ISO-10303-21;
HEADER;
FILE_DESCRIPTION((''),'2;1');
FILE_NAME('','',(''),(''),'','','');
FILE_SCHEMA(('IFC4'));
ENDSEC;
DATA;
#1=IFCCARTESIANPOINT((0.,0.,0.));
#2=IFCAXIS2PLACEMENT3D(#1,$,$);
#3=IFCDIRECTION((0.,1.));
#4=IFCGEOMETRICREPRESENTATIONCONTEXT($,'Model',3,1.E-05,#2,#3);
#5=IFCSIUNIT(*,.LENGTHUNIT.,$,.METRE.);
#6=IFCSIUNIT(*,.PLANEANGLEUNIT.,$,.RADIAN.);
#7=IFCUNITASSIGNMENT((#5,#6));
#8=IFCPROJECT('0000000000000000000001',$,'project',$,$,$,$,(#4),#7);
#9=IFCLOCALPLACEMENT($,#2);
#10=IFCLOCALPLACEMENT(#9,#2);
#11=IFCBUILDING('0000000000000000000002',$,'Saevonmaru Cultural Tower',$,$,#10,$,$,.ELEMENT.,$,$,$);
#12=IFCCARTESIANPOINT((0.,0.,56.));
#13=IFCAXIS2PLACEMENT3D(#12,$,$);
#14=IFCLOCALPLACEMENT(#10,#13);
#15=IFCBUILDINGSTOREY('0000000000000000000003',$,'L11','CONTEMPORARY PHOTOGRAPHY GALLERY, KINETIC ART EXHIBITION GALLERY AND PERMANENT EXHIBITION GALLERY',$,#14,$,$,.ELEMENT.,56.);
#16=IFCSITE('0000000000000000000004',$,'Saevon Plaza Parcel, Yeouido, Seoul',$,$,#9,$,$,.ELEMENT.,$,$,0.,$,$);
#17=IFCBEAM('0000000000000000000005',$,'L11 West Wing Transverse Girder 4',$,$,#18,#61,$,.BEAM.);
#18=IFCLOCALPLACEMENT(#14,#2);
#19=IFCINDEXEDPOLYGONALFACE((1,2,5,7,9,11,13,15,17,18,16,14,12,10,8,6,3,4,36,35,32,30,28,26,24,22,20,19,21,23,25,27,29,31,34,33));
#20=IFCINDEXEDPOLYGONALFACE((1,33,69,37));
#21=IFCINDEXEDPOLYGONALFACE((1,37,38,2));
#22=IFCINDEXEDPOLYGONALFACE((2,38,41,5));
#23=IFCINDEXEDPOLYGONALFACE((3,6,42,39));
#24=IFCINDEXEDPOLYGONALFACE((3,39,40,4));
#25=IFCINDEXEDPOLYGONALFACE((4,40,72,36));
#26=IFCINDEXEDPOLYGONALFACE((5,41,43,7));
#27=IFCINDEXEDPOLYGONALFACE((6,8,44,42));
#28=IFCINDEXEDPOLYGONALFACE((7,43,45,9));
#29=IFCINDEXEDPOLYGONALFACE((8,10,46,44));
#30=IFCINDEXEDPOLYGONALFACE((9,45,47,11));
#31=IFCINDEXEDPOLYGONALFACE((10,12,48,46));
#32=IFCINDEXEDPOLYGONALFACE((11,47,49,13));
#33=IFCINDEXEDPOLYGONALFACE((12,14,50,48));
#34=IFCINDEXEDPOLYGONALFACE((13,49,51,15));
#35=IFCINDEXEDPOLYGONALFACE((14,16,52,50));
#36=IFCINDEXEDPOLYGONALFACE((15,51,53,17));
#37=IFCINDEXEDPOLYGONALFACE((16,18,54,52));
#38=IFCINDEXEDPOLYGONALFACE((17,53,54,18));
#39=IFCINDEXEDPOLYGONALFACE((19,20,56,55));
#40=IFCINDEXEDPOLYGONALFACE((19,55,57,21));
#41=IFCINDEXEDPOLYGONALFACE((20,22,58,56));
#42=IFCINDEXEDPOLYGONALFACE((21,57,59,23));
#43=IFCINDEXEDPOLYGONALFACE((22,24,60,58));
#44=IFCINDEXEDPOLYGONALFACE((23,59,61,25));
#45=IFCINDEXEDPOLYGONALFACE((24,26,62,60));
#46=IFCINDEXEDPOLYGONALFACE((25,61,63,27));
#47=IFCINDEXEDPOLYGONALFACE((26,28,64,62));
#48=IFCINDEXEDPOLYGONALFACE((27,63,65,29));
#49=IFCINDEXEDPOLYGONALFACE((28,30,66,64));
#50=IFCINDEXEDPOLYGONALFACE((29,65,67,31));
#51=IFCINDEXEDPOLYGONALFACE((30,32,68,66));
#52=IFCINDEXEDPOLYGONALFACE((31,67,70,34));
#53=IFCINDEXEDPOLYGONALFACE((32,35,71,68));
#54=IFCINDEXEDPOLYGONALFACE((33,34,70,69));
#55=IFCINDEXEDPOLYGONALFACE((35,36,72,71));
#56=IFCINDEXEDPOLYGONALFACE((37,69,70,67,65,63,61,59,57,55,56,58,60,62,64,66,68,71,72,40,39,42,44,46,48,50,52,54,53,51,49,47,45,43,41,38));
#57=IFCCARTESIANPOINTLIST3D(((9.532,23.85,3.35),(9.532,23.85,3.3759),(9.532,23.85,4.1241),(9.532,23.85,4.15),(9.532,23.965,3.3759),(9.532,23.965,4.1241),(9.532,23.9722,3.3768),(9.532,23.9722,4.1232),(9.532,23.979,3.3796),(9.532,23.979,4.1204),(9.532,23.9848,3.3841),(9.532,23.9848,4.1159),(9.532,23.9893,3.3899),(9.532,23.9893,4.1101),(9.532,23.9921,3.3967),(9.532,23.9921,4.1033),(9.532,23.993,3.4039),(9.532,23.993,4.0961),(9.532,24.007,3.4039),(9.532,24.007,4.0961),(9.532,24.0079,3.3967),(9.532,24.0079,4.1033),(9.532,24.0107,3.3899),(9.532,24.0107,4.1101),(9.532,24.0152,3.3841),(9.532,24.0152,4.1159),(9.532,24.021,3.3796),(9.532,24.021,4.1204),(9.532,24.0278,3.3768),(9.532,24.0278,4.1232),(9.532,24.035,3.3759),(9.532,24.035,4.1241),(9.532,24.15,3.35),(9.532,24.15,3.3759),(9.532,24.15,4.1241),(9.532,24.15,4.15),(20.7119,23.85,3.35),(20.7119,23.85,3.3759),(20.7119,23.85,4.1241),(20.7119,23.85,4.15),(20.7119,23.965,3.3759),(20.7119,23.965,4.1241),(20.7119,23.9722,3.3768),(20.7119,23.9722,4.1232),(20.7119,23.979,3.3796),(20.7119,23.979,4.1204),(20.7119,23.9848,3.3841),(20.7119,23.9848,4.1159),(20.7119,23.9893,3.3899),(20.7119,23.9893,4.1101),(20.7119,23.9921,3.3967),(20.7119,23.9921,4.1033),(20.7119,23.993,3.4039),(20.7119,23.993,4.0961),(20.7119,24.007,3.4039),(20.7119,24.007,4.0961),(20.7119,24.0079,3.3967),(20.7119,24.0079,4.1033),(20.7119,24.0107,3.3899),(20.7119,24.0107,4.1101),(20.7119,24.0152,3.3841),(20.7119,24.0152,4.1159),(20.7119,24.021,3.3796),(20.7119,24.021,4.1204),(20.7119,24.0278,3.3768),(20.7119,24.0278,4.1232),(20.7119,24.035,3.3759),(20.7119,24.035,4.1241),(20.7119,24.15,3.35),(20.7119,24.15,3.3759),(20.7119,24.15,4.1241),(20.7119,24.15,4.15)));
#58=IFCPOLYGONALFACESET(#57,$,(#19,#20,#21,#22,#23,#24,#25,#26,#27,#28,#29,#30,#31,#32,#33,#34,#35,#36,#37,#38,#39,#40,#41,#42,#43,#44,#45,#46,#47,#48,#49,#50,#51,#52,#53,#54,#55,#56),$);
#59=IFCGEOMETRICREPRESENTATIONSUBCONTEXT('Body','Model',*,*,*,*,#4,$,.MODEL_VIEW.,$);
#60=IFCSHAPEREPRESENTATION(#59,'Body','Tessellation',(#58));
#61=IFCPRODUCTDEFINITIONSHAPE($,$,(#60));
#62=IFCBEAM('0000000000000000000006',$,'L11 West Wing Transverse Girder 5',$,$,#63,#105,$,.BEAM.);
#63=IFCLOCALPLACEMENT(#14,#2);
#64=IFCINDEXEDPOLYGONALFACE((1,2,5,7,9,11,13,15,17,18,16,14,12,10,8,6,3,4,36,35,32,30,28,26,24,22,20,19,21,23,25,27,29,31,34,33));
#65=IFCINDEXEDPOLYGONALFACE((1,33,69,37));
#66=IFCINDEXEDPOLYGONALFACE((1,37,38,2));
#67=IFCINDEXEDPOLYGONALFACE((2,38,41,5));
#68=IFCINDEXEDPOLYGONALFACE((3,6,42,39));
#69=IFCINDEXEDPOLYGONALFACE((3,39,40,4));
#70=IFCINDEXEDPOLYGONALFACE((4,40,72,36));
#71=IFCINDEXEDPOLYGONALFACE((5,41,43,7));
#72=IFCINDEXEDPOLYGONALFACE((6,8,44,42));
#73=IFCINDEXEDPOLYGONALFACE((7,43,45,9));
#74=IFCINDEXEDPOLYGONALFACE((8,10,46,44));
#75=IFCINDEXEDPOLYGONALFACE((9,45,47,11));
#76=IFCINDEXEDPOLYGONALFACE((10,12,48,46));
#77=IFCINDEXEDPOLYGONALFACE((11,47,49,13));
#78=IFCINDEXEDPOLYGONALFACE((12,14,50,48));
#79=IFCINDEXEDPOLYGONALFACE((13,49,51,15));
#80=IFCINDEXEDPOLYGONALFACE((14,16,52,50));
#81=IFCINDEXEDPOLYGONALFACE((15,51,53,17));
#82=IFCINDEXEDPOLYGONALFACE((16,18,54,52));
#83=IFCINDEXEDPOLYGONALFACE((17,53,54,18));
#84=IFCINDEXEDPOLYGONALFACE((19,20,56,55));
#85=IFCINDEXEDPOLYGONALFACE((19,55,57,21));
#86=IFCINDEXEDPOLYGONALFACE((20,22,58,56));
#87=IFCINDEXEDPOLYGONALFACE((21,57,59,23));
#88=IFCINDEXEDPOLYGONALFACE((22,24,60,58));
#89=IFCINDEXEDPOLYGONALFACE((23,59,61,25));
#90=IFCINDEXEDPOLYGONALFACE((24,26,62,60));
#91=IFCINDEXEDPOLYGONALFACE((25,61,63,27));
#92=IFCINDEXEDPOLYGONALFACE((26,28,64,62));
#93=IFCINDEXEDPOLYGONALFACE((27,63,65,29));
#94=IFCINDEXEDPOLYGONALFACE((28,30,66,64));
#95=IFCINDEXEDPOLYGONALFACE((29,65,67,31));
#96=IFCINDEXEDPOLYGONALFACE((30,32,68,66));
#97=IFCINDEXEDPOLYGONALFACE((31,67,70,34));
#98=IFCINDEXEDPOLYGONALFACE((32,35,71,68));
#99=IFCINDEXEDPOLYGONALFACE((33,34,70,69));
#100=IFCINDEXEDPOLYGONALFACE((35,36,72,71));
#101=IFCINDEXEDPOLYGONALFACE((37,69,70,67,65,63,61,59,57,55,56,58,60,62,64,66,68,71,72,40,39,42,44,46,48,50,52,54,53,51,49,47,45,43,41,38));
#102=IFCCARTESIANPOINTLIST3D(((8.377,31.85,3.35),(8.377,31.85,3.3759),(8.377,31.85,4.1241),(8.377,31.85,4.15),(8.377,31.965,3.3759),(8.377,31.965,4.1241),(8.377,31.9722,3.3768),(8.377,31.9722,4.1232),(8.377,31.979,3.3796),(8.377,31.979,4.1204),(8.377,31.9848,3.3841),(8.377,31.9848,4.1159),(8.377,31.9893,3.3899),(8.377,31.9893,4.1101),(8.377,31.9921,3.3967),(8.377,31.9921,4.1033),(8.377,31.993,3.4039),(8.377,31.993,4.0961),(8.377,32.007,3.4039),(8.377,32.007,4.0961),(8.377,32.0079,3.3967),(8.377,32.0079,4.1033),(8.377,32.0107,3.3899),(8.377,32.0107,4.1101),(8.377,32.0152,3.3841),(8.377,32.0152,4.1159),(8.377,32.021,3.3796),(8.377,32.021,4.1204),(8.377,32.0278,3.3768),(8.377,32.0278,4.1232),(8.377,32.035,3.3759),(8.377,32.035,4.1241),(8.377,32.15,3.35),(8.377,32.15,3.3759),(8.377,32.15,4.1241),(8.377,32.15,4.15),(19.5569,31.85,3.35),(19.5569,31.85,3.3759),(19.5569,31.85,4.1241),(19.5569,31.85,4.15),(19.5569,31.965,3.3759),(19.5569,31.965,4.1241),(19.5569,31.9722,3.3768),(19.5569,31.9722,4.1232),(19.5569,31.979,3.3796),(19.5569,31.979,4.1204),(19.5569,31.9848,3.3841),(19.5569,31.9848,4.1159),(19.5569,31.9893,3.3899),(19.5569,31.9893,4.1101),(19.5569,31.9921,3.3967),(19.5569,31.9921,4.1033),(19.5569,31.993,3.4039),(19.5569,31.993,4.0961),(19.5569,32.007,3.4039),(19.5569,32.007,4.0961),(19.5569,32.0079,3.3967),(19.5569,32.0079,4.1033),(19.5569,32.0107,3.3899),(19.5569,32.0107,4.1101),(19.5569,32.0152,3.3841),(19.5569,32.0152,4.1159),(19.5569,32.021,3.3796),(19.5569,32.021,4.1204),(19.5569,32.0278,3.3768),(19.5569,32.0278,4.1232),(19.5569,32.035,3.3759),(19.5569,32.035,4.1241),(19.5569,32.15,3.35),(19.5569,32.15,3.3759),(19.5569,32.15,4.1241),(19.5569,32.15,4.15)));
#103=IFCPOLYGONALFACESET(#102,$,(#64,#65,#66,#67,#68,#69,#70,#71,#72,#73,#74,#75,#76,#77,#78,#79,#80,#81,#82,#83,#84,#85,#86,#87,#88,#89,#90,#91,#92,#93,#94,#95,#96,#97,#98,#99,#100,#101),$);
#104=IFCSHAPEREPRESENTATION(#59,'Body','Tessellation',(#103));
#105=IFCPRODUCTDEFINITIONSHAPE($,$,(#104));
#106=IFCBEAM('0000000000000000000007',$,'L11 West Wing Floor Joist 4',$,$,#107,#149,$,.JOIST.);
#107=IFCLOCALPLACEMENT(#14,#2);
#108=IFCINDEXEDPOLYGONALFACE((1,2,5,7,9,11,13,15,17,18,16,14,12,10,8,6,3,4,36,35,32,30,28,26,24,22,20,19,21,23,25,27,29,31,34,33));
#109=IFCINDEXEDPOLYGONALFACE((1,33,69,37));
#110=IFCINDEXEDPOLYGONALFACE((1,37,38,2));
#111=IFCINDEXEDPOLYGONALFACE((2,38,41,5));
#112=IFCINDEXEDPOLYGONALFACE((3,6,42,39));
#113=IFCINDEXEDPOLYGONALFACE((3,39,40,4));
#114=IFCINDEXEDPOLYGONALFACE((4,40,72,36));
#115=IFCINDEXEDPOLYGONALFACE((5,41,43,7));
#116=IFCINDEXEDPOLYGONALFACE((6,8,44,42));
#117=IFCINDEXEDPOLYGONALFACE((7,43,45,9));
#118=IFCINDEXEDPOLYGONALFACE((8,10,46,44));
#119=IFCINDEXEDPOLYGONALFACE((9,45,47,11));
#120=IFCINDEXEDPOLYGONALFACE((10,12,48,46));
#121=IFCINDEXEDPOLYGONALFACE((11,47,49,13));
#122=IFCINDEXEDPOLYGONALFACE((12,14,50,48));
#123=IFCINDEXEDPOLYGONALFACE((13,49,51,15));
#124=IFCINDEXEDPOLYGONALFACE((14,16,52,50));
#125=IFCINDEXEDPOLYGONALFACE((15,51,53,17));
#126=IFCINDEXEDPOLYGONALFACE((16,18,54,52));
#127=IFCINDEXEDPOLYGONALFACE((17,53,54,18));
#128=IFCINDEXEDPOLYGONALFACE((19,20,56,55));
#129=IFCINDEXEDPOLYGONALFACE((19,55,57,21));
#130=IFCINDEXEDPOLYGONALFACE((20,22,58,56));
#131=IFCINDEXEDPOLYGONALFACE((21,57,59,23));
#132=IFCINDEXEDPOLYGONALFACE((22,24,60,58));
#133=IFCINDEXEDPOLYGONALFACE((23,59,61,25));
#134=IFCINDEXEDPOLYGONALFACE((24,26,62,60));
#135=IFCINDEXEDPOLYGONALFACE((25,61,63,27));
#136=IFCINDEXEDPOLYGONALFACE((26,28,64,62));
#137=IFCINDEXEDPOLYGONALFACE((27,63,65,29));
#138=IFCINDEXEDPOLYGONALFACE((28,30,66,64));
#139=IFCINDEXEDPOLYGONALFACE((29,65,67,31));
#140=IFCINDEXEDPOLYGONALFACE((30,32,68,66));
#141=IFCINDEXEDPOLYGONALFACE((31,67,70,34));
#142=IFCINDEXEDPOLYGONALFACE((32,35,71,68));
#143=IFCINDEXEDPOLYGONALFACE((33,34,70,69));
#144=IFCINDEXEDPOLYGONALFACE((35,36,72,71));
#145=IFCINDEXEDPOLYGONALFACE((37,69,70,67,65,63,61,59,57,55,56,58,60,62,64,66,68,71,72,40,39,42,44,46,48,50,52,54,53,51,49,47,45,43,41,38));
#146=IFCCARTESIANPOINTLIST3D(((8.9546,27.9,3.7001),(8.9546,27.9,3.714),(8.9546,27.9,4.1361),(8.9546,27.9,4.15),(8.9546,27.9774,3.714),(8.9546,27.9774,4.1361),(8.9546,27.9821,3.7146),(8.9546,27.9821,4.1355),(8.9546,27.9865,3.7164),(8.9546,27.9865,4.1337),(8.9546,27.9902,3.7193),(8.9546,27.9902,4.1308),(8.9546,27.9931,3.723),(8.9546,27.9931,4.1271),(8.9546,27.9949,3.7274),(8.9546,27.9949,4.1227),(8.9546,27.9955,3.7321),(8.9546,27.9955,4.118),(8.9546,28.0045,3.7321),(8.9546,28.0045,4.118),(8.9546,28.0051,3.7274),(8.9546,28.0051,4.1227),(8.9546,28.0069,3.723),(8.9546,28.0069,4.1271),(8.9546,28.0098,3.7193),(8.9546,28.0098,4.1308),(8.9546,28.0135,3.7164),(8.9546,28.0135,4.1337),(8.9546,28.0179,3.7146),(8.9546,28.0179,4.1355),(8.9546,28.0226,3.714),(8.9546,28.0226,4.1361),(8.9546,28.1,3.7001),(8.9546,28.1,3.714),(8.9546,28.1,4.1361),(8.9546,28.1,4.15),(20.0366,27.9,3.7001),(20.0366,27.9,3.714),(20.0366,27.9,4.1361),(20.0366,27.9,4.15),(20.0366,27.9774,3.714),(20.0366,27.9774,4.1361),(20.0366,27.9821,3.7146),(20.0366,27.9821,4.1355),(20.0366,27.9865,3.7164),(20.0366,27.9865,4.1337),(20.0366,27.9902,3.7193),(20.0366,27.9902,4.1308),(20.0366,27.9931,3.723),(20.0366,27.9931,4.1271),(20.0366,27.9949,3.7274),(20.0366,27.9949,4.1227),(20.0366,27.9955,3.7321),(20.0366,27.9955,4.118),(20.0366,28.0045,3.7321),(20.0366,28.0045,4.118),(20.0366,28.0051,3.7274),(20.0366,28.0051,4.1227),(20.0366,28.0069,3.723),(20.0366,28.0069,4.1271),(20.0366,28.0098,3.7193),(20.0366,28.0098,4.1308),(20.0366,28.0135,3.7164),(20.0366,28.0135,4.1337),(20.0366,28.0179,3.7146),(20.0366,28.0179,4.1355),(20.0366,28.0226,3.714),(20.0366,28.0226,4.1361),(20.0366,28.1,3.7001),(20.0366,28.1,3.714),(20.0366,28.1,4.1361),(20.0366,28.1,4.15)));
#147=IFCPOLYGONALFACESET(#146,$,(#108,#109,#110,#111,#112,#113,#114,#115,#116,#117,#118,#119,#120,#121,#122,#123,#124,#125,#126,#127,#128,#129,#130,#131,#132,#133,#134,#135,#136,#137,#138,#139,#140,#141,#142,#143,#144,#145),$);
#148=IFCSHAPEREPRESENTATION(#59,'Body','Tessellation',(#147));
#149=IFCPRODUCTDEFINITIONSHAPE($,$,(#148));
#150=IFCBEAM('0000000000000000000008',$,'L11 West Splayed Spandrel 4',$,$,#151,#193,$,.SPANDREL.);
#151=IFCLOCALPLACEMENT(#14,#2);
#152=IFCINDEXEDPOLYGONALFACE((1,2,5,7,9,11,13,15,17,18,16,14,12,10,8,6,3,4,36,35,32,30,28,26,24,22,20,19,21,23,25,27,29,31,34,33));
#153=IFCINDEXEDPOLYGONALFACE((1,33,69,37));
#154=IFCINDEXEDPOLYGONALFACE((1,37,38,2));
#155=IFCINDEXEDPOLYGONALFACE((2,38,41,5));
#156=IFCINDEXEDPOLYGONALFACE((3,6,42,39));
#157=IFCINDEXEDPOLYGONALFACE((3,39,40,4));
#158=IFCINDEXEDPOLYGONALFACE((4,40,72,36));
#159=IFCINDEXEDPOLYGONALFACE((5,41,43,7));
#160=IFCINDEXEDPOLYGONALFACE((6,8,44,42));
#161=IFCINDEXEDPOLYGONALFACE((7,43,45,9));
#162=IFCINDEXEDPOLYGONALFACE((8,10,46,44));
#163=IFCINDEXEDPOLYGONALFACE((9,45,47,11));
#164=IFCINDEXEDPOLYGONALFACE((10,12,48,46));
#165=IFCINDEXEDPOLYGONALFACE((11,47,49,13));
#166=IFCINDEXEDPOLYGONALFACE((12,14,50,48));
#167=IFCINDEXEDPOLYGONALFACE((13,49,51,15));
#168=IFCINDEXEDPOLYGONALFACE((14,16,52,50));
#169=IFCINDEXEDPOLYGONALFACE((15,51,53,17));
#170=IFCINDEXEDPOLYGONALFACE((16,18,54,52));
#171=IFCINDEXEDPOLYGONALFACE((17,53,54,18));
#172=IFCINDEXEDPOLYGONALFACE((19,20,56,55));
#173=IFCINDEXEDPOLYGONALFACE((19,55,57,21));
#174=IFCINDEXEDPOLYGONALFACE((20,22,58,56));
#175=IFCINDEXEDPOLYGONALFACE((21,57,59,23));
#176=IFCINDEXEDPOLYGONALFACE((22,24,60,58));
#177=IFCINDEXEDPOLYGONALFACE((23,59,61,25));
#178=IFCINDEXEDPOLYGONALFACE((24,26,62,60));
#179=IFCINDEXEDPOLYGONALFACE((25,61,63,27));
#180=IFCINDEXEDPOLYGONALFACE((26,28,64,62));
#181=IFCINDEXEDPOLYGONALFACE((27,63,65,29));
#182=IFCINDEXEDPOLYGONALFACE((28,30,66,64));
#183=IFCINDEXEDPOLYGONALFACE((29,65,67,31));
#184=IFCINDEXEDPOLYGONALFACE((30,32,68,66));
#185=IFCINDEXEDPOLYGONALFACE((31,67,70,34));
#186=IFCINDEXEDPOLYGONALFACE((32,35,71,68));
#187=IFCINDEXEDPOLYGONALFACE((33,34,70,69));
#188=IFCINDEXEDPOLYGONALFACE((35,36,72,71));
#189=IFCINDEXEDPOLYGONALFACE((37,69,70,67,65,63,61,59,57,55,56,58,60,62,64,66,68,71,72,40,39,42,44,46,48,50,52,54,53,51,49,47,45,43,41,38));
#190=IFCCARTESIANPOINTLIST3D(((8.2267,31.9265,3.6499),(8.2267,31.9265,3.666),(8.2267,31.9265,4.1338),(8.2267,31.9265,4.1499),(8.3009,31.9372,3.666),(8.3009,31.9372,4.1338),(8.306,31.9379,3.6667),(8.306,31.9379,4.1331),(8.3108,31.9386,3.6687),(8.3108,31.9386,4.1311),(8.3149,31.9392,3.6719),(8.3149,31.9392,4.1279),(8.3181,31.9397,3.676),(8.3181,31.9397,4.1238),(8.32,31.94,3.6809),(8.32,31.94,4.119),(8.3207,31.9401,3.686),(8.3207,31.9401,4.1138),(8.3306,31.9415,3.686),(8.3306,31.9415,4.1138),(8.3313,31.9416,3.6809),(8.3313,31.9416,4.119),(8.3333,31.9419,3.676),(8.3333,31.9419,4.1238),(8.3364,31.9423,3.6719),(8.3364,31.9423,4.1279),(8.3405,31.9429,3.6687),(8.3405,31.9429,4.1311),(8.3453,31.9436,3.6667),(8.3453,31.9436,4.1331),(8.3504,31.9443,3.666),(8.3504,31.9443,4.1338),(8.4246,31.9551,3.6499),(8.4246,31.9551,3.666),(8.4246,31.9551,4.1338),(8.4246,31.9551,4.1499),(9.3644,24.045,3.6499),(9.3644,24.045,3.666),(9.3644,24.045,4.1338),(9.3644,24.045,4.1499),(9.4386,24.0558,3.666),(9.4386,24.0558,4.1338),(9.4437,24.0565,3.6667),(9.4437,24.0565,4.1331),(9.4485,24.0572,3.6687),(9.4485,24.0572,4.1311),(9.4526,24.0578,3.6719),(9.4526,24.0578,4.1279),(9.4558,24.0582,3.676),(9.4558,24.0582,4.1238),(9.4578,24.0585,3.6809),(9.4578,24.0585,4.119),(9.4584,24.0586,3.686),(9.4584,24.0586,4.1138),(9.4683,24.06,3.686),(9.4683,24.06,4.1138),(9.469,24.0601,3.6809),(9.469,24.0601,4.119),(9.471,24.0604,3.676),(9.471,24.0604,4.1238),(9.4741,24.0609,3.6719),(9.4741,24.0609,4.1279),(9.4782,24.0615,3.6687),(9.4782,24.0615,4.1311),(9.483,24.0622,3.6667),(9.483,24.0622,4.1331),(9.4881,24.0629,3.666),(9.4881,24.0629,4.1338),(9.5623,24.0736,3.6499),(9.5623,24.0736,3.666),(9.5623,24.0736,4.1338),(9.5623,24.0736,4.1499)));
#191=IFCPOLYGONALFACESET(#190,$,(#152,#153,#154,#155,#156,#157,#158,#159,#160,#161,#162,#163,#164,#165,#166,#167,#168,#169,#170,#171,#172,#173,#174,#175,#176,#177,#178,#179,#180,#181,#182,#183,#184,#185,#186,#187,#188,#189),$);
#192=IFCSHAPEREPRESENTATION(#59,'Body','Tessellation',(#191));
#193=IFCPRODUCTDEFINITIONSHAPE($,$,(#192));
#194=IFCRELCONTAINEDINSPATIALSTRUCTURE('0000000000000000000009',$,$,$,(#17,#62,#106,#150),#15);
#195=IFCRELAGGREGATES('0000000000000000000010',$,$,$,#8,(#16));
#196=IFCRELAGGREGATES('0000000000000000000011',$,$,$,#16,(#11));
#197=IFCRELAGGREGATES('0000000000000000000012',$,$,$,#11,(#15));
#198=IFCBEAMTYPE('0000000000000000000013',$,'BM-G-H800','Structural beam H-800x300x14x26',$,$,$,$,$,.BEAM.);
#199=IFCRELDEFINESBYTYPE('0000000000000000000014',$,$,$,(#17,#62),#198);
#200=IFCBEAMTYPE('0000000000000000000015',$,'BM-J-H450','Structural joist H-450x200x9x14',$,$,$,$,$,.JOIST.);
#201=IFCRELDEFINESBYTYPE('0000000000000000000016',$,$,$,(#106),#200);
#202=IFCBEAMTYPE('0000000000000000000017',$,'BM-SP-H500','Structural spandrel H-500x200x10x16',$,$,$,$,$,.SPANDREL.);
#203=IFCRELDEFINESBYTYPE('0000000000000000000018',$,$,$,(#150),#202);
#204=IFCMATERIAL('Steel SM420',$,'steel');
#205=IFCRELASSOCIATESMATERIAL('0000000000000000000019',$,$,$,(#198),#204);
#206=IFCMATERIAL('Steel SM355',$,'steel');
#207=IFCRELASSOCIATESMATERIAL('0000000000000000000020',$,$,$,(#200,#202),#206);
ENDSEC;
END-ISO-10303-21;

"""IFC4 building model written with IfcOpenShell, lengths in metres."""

from ifc_helpers import new_model, si_unit, direction, frame, origin, origin_2d, place, context, subcontext, project, spatial, i_section, extrude, material, material_profile, profile_set, type_object, element, save


model = new_model("IFC4")

# Units and contexts
model_context = context("Model", 3, precision=1e-05, world=origin(), true_north=direction((0.0, 1.0)))
body_context = subcontext(model_context, "Body", "Model", "MODEL_VIEW")
ifc_project = project(units=[si_unit("LENGTHUNIT", "METRE"), si_unit("PLANEANGLEUNIT", "RADIAN")], contexts=[model_context])

# Site, building, storey
site_placement = place(None, origin())
site = spatial("IfcSite", under=ifc_project, at=site_placement, Name="Saevon Plaza Parcel, Yeouido, Seoul", CompositionType="ELEMENT", RefElevation=0.0)
building_placement = place(site_placement, origin())
building = spatial("IfcBuilding", under=site, at=building_placement, Name="Saevonmaru Cultural Tower", CompositionType="ELEMENT")
storey_placement = place(building_placement, frame((0.0, 0.0, 56.0)))
storey = spatial("IfcBuildingStorey", under=building, at=storey_placement, Name="L11", Description="CONTEMPORARY PHOTOGRAPHY GALLERY, KINETIC ART EXHIBITION GALLERY AND PERMANENT EXHIBITION GALLERY", CompositionType="ELEMENT", Elevation=56.0)

# Shared definitions
ifc_material_1 = material(Name="Steel SM420", Category="steel")

# Beams
ifc_material_profile_1 = material_profile(ifc_material_1, i_section(OverallWidth=0.3, OverallDepth=0.8, WebThickness=0.0139, FlangeThickness=0.0259, FilletRadius=0.0281, at=origin_2d()), Name="H-800x300x14x26")
ifc_profile_set_1 = profile_set([ifc_material_profile_1], Name="Steel SM420")
beam_type_1 = type_object("IfcBeamType", Name="BM-G-H800", Description="Structural beam H-800x300x14x26", PredefinedType="BEAM", material=ifc_profile_set_1)
for number, where, z_axis, x_axis, name in (
    (1, (9.532, 24.0, 3.75), (1.0, 0.0, 0.0), (0.0, 1.0, 0.0), "L11 West Wing Transverse Girder 4"),
    (2, (8.377, 32.0, 3.75), (1.0, 0.0, 0.0), (0.0, 1.0, 0.0), "L11 West Wing Transverse Girder 5"),
):
    element("IfcBeam", number, at=place(storey_placement, frame(where, z_axis=z_axis, x_axis=x_axis)), inside=storey, type_object=beam_type_1, Name=name, PredefinedType="BEAM", context=body_context, shape_type="SweptSolid", body=[
        extrude(i_section(OverallWidth=0.3, OverallDepth=0.8, WebThickness=0.0139, FlangeThickness=0.0259, FilletRadius=0.0281, at=origin_2d()), origin(), (0.0, 0.0, 1.0), 11.1799),
    ])
ifc_material_2 = material(Name="Steel SM355", Category="steel")
ifc_material_profile_2 = material_profile(ifc_material_2, i_section(OverallWidth=0.2, OverallDepth=0.45, WebThickness=0.009, FlangeThickness=0.0139, FilletRadius=0.0181, at=origin_2d()), Name="H-450x200x9x14")
ifc_profile_set_2 = profile_set([ifc_material_profile_2], Name="Steel SM355")
beam_type_2 = type_object("IfcBeamType", Name="BM-J-H450", Description="Structural joist H-450x200x9x14", PredefinedType="JOIST", material=ifc_profile_set_2)
beam_1_placement = place(storey_placement, frame((8.9546, 28.0, 3.925), z_axis=(1.0, 0.0, 0.0), x_axis=(0.0, 1.0, 0.0)))
element("IfcBeam", 3, at=beam_1_placement, inside=storey, type_object=beam_type_2, Name="L11 West Wing Floor Joist 4", PredefinedType="JOIST", context=body_context, shape_type="SweptSolid", body=[
    extrude(i_section(OverallWidth=0.2, OverallDepth=0.45, WebThickness=0.009, FlangeThickness=0.0139, FilletRadius=0.0181, at=origin_2d()), origin(), (0.0, 0.0, 1.0), 11.082),
])
ifc_material_profile_3 = material_profile(ifc_material_2, i_section(OverallWidth=0.2, OverallDepth=0.5, WebThickness=0.01, FlangeThickness=0.0161, FilletRadius=0.02, at=origin_2d()), Name="H-500x200x10x16")
ifc_profile_set_3 = profile_set([ifc_material_profile_3], Name="Steel SM355")
beam_type_3 = type_object("IfcBeamType", Name="BM-SP-H500", Description="Structural spandrel H-500x200x10x16", PredefinedType="SPANDREL", material=ifc_profile_set_3)
beam_2_placement = place(storey_placement, frame((9.4634, 24.0593, 3.8999), z_axis=(-0.142872, 0.989741, 0.0), x_axis=(-0.989741, -0.142872, 0.0)))
element("IfcBeam", 4, at=beam_2_placement, inside=storey, type_object=beam_type_3, Name="L11 West Splayed Spandrel 4", PredefinedType="SPANDREL", context=body_context, shape_type="SweptSolid", body=[
    extrude(i_section(OverallWidth=0.2, OverallDepth=0.5, WebThickness=0.01, FlangeThickness=0.0161, FilletRadius=0.02, at=origin_2d()), origin(), (0.0, 0.0, 1.0), 7.9631),
])

save(model, "model.ifc")
